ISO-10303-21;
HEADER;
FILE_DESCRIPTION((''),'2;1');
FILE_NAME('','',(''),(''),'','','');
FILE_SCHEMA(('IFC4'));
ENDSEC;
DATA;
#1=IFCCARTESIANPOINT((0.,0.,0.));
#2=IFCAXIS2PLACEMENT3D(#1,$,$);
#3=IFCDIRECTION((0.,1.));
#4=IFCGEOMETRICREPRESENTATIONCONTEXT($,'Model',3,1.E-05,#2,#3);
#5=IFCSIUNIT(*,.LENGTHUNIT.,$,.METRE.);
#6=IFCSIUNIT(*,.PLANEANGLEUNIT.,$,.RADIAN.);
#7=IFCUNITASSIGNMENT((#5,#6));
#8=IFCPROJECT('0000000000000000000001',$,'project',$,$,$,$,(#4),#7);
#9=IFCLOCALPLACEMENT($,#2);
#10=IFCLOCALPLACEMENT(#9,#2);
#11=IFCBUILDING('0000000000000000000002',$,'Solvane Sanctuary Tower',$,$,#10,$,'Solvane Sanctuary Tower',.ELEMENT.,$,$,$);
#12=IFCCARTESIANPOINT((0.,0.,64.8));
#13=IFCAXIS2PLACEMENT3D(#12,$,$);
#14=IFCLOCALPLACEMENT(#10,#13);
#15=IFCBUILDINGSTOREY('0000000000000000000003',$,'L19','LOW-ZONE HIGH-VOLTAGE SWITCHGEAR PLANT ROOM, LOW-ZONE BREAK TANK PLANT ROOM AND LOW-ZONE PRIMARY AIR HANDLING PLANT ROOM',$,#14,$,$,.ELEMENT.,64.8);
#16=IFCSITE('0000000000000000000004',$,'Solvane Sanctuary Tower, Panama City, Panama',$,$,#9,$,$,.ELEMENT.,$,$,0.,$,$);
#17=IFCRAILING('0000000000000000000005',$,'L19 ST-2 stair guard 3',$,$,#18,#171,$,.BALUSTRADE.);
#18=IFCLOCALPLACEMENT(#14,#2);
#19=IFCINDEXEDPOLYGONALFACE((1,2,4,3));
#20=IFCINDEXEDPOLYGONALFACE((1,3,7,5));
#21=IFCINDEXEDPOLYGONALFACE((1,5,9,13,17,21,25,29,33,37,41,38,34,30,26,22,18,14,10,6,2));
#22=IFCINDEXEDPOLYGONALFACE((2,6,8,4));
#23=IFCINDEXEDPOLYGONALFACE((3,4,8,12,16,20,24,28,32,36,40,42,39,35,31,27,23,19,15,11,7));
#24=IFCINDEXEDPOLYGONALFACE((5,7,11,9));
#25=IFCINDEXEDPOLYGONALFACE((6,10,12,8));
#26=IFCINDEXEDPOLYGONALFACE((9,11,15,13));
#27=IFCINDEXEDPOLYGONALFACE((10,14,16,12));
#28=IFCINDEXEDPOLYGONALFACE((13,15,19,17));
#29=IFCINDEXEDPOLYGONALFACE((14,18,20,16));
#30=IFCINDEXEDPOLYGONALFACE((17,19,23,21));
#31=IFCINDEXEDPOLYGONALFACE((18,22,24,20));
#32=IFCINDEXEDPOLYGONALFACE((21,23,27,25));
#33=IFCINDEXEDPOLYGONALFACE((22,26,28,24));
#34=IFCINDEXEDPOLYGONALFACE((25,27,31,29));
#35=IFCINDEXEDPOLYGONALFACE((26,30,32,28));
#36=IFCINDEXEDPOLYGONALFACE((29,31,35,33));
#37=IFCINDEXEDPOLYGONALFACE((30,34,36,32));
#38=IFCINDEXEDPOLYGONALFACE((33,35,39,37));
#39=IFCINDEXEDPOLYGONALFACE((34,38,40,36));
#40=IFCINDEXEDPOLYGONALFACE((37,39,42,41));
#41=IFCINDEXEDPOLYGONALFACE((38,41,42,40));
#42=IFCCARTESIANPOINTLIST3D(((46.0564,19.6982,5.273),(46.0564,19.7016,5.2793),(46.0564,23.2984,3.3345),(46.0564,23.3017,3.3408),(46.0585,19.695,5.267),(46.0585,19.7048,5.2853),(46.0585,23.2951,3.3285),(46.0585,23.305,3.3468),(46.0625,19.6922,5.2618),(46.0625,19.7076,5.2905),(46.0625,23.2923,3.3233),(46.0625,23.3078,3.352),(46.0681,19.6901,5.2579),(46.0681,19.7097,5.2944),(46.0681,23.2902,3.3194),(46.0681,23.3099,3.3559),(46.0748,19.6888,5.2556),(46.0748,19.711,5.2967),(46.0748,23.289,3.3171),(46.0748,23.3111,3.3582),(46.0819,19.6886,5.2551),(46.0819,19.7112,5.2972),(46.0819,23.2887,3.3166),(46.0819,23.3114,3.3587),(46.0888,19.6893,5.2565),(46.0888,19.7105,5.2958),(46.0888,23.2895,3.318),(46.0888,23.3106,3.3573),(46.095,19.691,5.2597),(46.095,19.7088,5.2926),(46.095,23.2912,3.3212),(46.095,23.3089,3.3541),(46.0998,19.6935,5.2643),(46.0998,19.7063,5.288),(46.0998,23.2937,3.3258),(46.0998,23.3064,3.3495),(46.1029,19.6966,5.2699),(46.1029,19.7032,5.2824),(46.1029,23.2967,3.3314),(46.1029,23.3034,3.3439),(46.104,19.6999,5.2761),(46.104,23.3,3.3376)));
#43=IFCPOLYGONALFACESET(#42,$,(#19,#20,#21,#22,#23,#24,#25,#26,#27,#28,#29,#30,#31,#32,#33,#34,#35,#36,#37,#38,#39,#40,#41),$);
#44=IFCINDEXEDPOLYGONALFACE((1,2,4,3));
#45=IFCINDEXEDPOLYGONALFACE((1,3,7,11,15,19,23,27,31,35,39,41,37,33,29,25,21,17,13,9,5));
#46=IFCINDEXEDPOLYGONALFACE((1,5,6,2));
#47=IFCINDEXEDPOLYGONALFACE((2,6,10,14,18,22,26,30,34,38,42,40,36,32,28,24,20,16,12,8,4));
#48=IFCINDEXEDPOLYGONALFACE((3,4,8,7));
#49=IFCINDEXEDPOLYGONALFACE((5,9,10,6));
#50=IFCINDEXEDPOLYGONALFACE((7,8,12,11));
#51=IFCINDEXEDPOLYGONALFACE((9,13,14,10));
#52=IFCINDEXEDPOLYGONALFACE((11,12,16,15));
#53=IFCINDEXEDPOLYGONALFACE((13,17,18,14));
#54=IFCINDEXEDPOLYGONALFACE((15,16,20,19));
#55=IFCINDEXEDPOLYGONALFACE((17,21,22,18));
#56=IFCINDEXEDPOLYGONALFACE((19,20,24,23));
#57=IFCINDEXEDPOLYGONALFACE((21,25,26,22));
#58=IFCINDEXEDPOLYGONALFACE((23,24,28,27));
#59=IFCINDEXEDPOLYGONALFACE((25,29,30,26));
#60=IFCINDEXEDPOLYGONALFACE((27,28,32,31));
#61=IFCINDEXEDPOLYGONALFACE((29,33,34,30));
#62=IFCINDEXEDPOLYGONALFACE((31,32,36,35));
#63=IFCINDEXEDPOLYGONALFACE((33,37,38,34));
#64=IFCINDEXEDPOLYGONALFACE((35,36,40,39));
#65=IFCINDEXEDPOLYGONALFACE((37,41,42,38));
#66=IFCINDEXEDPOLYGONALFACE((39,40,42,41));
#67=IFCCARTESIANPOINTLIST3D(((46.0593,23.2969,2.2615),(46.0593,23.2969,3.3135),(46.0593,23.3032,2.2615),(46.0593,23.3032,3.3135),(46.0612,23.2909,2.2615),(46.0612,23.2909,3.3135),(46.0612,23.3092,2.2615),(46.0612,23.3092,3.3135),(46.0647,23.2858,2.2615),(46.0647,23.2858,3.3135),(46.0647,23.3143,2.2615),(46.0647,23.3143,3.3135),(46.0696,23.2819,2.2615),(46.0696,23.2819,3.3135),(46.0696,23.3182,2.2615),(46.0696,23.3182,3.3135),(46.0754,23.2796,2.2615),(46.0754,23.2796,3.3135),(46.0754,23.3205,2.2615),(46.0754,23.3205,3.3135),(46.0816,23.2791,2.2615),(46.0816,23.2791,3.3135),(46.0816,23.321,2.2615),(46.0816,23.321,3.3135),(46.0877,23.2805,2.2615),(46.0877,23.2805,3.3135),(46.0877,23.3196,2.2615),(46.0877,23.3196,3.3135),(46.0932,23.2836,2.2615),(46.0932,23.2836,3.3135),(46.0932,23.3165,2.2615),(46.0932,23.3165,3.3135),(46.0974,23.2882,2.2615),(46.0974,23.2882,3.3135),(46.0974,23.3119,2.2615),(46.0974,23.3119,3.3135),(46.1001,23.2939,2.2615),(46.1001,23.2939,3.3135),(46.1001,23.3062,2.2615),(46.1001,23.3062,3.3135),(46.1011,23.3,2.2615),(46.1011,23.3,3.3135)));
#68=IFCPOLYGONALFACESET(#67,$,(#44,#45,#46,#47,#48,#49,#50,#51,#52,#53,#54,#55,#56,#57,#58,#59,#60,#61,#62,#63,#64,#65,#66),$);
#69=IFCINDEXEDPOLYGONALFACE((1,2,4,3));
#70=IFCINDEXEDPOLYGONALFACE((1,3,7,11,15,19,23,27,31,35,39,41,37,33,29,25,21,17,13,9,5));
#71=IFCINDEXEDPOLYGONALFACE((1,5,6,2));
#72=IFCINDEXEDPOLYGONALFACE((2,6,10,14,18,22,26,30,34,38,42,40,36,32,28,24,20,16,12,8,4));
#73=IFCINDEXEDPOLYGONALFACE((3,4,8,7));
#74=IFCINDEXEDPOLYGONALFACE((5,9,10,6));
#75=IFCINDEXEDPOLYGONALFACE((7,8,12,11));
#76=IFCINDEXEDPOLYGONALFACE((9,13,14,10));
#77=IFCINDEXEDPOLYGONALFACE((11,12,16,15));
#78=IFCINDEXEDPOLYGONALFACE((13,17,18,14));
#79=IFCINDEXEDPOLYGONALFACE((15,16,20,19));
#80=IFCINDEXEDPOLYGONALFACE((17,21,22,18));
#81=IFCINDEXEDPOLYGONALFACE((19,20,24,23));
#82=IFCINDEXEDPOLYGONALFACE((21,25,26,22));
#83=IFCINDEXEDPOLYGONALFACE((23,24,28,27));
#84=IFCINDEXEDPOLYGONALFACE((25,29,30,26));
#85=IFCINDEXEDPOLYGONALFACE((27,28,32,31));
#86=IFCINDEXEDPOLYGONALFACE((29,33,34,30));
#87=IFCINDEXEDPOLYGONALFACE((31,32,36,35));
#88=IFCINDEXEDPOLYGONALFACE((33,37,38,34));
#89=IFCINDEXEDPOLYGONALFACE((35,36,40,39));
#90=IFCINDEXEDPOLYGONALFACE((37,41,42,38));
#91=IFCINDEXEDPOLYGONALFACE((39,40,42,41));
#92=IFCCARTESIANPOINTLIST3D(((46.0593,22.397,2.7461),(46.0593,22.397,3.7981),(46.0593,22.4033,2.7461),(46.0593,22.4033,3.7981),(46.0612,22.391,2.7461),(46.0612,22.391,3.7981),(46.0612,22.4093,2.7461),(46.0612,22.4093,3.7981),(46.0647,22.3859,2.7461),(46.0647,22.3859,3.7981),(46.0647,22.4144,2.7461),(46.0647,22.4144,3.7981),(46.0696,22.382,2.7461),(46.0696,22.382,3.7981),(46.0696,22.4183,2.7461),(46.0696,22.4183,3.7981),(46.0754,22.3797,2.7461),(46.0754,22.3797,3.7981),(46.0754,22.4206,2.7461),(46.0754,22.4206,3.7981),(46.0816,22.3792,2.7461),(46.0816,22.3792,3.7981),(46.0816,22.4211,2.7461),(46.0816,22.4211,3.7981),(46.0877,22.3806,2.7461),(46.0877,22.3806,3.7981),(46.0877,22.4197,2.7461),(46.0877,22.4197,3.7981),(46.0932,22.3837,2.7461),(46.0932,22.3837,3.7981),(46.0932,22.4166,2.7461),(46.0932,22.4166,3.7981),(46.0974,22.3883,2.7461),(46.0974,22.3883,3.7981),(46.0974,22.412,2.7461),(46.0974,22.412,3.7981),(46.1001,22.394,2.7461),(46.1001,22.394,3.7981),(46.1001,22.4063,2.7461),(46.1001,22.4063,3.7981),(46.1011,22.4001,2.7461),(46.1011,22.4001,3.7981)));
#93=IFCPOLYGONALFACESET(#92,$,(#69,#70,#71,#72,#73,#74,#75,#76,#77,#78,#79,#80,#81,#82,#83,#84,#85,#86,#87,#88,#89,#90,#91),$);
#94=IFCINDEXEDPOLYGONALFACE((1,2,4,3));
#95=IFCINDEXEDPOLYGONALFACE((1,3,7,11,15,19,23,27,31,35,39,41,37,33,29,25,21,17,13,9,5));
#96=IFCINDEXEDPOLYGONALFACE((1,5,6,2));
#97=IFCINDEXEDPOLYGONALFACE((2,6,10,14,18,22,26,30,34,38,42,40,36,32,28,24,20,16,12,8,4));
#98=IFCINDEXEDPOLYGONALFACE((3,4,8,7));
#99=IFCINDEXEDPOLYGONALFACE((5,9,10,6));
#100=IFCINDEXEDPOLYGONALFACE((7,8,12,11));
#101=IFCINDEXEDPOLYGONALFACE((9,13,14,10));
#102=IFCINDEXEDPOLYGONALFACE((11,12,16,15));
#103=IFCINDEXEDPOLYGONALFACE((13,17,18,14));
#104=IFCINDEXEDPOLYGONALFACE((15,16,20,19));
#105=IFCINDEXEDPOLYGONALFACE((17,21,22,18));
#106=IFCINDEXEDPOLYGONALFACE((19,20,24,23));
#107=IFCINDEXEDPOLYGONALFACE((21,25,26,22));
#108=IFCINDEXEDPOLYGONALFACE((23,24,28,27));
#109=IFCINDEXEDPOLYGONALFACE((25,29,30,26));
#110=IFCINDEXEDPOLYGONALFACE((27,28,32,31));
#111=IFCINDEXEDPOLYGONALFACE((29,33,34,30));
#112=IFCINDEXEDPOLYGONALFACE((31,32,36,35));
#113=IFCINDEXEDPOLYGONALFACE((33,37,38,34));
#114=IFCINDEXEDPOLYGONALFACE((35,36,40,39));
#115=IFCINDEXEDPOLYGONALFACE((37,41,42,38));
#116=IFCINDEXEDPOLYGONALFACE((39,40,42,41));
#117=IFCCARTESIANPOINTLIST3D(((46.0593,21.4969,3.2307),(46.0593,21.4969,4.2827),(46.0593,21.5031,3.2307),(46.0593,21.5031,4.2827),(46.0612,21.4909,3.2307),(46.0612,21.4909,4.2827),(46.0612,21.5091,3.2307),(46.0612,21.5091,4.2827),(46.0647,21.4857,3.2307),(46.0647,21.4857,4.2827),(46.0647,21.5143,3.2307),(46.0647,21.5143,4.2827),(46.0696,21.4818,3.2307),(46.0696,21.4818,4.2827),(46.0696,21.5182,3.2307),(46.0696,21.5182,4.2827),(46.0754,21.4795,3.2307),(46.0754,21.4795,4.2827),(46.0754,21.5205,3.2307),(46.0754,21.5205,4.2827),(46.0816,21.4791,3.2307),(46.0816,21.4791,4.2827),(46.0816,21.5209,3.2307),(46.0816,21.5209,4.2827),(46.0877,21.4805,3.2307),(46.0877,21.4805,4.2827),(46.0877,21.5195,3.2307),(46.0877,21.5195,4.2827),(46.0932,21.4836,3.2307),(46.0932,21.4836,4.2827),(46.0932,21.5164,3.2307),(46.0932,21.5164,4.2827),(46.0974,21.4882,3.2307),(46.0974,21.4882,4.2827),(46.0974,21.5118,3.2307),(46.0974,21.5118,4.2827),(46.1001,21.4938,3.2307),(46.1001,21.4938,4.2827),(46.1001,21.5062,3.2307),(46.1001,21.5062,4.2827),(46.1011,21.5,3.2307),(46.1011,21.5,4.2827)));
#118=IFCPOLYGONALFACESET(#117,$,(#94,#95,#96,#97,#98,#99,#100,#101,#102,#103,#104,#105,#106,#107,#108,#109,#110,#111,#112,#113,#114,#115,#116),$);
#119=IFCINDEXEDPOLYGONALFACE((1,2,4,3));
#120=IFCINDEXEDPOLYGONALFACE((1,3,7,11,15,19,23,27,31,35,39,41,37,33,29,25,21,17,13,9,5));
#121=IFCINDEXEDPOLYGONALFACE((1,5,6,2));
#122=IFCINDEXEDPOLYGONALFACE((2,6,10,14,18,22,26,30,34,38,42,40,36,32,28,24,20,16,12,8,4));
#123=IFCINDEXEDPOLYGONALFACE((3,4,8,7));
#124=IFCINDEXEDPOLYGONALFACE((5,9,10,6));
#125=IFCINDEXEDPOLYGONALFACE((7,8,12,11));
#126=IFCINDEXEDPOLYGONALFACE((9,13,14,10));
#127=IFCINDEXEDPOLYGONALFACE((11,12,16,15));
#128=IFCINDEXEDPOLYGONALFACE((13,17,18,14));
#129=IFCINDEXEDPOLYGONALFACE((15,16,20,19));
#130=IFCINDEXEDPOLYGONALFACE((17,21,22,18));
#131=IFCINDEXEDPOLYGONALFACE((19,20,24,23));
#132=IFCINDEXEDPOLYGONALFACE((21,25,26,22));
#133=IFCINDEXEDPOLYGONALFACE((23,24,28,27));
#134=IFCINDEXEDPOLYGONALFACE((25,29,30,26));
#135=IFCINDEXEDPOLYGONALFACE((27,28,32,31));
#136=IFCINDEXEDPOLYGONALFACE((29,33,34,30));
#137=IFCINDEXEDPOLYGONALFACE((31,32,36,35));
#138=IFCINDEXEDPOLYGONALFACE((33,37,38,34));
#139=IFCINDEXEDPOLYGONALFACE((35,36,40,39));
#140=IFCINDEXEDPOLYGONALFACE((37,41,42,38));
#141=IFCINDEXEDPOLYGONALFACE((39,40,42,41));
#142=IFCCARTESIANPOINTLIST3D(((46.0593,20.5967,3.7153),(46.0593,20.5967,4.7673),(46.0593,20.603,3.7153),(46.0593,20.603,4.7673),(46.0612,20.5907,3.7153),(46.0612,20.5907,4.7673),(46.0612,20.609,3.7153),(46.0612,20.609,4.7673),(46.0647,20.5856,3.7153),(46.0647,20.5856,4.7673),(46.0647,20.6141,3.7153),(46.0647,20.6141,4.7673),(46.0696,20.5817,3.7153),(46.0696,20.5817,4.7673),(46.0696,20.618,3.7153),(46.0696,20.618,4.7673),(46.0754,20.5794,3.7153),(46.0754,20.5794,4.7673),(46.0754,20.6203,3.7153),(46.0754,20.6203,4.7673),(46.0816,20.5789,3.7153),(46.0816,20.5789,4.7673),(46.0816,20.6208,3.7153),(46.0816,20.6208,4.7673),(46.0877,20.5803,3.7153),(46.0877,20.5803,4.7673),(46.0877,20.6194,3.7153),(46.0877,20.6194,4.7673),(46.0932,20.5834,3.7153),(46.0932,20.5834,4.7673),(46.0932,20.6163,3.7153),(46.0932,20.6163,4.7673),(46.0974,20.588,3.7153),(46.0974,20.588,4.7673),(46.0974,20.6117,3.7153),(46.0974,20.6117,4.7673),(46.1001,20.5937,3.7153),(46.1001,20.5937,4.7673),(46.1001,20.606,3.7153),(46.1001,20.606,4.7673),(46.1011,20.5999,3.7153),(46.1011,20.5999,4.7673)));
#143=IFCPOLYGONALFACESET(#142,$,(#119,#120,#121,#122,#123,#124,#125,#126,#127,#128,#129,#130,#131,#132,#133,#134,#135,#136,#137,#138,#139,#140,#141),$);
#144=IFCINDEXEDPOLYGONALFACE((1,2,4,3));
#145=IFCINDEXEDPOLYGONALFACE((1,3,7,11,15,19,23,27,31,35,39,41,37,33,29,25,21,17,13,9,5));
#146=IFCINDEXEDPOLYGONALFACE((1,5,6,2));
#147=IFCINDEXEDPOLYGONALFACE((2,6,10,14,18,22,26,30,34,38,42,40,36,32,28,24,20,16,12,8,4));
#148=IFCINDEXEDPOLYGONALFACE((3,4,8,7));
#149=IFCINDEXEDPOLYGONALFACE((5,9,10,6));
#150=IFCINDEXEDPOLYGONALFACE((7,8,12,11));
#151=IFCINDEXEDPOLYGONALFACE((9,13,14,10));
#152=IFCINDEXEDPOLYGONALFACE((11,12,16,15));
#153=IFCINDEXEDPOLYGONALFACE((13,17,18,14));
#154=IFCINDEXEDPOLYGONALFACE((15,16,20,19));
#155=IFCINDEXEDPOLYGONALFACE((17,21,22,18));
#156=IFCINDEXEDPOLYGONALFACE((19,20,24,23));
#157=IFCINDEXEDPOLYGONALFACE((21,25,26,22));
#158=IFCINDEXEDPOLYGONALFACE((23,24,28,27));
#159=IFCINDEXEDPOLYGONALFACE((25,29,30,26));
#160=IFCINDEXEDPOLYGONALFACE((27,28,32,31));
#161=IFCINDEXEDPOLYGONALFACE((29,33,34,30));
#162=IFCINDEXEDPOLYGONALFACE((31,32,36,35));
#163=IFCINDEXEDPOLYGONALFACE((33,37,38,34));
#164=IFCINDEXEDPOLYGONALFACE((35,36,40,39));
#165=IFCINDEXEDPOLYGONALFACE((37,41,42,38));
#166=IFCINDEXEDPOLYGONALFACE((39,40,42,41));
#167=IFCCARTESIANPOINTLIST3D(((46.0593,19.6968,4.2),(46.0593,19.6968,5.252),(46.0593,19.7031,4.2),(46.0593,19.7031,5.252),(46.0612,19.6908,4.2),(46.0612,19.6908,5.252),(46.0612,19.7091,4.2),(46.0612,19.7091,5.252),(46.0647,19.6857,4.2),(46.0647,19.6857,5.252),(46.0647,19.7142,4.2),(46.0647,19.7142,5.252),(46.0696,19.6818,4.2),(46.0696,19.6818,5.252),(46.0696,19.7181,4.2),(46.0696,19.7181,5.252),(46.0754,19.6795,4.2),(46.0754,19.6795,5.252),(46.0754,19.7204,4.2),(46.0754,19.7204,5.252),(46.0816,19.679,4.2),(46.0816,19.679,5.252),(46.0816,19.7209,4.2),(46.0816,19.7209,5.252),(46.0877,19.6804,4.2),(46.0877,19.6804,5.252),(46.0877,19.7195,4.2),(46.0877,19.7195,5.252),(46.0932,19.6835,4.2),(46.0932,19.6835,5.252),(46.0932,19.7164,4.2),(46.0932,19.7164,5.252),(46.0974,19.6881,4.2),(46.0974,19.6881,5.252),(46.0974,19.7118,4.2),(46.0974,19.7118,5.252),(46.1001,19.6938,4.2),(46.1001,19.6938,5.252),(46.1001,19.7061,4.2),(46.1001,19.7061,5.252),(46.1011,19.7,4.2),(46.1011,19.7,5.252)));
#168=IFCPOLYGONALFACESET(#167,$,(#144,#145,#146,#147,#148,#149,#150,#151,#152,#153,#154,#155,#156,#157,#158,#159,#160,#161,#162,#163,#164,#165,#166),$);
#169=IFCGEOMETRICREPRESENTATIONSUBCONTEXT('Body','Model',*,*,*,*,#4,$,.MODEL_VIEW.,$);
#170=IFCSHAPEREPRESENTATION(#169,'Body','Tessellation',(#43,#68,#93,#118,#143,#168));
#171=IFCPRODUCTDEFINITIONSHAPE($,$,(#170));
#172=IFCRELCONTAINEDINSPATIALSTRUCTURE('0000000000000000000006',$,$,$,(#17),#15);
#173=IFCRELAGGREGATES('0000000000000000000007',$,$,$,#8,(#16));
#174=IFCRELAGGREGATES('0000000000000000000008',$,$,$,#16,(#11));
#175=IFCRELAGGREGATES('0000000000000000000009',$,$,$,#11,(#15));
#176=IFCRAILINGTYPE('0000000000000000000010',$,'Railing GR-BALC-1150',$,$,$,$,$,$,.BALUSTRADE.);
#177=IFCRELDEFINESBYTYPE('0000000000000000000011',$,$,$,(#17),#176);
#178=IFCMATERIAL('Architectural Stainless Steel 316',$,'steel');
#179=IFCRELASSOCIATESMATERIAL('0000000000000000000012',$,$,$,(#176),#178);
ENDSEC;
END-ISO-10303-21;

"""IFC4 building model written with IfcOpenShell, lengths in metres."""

from ifc_helpers import new_model, si_unit, direction, frame, origin, origin_2d, place, context, subcontext, project, spatial, circle, extrude, material, type_object, element, save


model = new_model("IFC4")

# Units and contexts
model_context = context("Model", 3, precision=1e-05, world=origin(), true_north=direction((0.0, 1.0)))
body_context = subcontext(model_context, "Body", "Model", "MODEL_VIEW")
ifc_project = project(units=[si_unit("LENGTHUNIT", "METRE"), si_unit("PLANEANGLEUNIT", "RADIAN")], contexts=[model_context])

# Site, building, storey
site_placement = place(None, origin())
site = spatial("IfcSite", under=ifc_project, at=site_placement, Name="Solvane Sanctuary Tower, Panama City, Panama", CompositionType="ELEMENT", RefElevation=0.0)
building_placement = place(site_placement, origin())
building = spatial("IfcBuilding", under=site, at=building_placement, Name="Solvane Sanctuary Tower", LongName="Solvane Sanctuary Tower", CompositionType="ELEMENT")
storey_placement = place(building_placement, frame((0.0, 0.0, 64.8)))
storey = spatial("IfcBuildingStorey", under=building, at=storey_placement, Name="L19", Description="LOW-ZONE HIGH-VOLTAGE SWITCHGEAR PLANT ROOM, LOW-ZONE BREAK TANK PLANT ROOM AND LOW-ZONE PRIMARY AIR HANDLING PLANT ROOM", CompositionType="ELEMENT", Elevation=64.8)

# Shared definitions
ifc_material_1 = material(Name="Architectural Stainless Steel 316", Category="steel")

# Railing
railing_type_1 = type_object("IfcRailingType", Name="Railing GR-BALC-1150", PredefinedType="BALUSTRADE", material=ifc_material_1)
railing_1_placement = place(storey_placement, frame((46.0801, 23.3, 2.2615)))
element("IfcRailing", 1, at=railing_1_placement, inside=storey, type_object=railing_type_1, Name="L19 ST-2 stair guard 3", PredefinedType="BALUSTRADE", context=body_context, shape_type="SweptSolid", body=[
    extrude(circle(Radius=0.0239, at=origin_2d()), frame((0.0, 0.0, 1.0762), z_axis=(0.0, -0.880475, 0.474093), x_axis=(1.0, 0.0, 0.0)), (0.0, 0.0, 1.0), 4.0889),
    extrude(circle(Radius=0.021, at=origin_2d()), origin(), (0.0, 0.0, 1.0), 1.052),
    extrude(circle(Radius=0.021, at=origin_2d()), frame((0.0, -0.8999, 0.4846)), (0.0, 0.0, 1.0), 1.052),
    extrude(circle(Radius=0.021, at=origin_2d()), frame((0.0, -1.8, 0.9692)), (0.0, 0.0, 1.0), 1.052),
    extrude(circle(Radius=0.021, at=origin_2d()), frame((0.0, -2.7002, 1.4539)), (0.0, 0.0, 1.0), 1.052),
    extrude(circle(Radius=0.021, at=origin_2d()), frame((0.0, -3.6001, 1.9385)), (0.0, 0.0, 1.0), 1.052),
])

save(model, "model.ifc")
